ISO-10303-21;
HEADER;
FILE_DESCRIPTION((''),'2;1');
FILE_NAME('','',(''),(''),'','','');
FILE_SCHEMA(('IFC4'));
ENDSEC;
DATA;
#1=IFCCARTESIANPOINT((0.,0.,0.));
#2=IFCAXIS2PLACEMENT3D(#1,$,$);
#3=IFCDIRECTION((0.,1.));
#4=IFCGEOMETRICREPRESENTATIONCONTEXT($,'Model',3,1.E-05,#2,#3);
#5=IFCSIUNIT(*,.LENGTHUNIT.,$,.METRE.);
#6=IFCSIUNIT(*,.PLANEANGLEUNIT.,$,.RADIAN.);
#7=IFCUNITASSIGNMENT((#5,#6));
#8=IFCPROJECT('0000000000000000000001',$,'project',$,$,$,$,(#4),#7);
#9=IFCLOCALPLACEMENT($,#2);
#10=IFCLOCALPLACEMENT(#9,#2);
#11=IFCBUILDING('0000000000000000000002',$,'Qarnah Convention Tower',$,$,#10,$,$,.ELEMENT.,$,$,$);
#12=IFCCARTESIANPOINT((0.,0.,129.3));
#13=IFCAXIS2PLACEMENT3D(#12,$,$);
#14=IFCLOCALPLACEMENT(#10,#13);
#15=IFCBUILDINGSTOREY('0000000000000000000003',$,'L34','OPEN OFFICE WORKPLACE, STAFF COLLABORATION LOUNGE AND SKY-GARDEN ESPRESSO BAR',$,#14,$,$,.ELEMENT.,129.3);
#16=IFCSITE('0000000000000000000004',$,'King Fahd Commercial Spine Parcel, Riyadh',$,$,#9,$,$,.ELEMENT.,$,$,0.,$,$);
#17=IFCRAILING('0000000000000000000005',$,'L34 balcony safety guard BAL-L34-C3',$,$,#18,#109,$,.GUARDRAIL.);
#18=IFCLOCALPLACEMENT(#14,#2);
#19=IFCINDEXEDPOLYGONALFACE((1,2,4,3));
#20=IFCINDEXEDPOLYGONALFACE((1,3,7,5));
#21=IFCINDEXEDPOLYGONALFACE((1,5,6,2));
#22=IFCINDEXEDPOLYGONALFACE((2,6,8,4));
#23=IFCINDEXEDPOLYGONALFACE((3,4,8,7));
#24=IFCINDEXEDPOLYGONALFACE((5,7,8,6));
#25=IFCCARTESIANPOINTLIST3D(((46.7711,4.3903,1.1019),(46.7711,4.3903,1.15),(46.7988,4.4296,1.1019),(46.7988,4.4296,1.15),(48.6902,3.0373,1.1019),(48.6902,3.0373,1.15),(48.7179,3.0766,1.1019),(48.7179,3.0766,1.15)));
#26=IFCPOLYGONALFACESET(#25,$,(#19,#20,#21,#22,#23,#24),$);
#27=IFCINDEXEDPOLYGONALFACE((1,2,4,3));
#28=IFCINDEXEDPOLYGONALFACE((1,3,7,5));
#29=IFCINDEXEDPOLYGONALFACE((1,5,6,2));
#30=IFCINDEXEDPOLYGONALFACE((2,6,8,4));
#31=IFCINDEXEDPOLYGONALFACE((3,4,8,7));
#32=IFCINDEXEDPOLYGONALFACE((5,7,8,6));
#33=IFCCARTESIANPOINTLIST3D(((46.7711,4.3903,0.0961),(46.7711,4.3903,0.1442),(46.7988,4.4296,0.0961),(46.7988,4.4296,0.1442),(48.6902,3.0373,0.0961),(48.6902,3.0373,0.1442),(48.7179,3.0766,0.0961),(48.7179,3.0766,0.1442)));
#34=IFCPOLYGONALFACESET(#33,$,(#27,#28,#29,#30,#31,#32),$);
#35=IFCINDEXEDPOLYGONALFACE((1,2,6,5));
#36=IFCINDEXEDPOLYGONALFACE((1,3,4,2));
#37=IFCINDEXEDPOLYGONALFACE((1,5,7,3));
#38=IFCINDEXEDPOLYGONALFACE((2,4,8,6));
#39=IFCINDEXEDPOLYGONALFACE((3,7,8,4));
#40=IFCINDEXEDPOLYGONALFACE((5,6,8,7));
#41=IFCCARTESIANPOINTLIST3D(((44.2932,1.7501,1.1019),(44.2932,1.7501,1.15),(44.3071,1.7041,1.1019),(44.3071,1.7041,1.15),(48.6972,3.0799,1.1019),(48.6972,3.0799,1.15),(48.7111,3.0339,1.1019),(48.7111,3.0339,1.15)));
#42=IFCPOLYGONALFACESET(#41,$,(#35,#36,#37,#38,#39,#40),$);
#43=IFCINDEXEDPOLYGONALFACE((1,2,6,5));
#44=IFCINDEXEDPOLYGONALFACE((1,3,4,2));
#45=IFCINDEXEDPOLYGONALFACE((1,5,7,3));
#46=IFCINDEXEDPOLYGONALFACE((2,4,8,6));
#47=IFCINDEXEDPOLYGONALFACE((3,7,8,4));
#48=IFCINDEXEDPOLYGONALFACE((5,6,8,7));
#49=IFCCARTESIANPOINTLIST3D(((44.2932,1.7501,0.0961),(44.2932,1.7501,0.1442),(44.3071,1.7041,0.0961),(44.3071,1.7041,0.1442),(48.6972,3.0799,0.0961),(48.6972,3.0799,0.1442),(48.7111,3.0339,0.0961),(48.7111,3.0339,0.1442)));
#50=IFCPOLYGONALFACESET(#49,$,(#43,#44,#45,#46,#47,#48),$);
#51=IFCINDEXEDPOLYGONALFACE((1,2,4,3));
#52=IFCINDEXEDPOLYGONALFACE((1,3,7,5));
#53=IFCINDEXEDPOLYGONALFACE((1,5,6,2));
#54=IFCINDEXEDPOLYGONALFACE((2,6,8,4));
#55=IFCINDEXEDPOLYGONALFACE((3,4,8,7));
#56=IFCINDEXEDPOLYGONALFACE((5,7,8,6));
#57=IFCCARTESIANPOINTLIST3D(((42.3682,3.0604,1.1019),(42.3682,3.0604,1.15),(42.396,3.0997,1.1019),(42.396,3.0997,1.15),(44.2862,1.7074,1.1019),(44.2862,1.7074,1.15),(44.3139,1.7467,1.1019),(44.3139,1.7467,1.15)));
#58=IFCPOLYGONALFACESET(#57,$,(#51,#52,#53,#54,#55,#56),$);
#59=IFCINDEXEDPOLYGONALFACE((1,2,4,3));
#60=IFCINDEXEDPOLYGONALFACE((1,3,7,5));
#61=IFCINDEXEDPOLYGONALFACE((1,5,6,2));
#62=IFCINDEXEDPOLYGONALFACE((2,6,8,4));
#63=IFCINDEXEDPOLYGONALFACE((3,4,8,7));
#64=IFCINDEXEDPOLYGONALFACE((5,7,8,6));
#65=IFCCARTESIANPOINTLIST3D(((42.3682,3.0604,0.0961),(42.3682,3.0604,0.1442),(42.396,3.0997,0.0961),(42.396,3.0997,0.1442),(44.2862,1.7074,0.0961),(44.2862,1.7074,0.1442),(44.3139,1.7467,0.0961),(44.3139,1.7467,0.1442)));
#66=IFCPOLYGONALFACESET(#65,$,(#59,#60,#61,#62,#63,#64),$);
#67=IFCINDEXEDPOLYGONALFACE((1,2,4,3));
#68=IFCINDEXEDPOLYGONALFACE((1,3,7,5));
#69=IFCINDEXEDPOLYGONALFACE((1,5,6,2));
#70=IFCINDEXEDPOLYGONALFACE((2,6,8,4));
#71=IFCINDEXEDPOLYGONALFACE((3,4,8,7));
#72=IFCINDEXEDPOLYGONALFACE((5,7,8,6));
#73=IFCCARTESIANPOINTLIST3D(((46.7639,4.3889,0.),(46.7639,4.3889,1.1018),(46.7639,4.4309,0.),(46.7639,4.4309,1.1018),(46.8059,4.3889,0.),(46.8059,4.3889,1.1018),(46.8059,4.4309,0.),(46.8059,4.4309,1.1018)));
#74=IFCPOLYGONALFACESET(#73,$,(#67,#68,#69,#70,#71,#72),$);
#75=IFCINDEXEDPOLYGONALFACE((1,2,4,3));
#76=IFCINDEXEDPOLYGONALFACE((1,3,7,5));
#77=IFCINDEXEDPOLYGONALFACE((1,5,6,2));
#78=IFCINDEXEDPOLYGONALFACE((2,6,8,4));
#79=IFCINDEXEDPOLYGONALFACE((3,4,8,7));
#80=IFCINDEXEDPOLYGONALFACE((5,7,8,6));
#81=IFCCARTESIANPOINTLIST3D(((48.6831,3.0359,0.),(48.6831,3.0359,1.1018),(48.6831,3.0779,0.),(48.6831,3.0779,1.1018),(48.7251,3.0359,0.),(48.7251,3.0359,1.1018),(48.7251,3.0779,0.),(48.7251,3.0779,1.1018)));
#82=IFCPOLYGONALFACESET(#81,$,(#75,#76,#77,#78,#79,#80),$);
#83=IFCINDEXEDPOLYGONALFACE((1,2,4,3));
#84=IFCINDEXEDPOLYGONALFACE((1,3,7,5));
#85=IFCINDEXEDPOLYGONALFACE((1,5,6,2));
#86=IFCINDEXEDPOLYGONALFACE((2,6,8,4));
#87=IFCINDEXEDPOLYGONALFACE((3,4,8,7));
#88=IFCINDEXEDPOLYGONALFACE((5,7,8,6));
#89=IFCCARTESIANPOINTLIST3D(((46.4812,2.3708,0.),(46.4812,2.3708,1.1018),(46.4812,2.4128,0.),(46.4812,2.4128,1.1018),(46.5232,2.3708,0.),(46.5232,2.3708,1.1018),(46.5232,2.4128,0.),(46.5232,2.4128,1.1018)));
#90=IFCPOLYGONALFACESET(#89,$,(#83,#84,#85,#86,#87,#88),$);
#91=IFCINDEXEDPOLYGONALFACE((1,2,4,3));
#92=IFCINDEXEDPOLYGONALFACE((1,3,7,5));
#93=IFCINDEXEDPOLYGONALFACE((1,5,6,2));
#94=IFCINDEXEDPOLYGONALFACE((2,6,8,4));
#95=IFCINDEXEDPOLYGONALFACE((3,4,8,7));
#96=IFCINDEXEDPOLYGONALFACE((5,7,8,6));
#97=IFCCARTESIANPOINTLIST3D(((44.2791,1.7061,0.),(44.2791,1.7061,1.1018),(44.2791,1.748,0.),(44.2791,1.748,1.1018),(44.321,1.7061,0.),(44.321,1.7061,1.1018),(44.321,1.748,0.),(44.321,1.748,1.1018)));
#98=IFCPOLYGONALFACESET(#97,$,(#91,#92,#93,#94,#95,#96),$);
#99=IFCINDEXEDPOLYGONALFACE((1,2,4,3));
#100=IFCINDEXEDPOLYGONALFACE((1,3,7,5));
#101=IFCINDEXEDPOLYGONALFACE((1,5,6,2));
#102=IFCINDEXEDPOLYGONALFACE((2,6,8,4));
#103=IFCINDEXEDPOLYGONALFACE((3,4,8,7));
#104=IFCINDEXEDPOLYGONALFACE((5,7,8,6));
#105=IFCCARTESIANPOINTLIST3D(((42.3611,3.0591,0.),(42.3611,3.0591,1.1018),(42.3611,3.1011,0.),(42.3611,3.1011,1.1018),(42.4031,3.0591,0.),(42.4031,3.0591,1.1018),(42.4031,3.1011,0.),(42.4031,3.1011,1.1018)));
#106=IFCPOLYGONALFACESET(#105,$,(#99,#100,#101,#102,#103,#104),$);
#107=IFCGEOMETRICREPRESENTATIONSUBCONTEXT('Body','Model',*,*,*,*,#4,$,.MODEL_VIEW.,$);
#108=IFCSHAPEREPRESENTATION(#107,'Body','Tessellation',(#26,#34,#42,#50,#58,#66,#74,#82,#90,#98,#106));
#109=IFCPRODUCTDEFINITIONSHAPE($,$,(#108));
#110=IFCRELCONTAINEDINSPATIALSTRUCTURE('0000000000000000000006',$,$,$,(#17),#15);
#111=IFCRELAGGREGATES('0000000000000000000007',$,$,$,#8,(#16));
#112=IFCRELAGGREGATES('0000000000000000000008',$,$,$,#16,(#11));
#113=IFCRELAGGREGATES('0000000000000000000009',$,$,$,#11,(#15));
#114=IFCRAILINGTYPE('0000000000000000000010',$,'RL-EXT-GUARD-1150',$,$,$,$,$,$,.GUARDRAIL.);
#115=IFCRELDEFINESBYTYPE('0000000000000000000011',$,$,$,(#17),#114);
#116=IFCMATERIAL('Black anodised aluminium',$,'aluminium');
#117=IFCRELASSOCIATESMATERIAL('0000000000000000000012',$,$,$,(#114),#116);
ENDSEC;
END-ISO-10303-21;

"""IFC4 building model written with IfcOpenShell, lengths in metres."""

from ifc_helpers import new_model, si_unit, direction, frame, origin, origin_2d, place, context, subcontext, project, spatial, rectangle, extrude, material, type_object, element, save


model = new_model("IFC4")

# Units and contexts
model_context = context("Model", 3, precision=1e-05, world=origin(), true_north=direction((0.0, 1.0)))
body_context = subcontext(model_context, "Body", "Model", "MODEL_VIEW")
ifc_project = project(units=[si_unit("LENGTHUNIT", "METRE"), si_unit("PLANEANGLEUNIT", "RADIAN")], contexts=[model_context])

# Site, building, storey
site_placement = place(None, origin())
site = spatial("IfcSite", under=ifc_project, at=site_placement, Name="King Fahd Commercial Spine Parcel, Riyadh", CompositionType="ELEMENT", RefElevation=0.0)
building_placement = place(site_placement, origin())
building = spatial("IfcBuilding", under=site, at=building_placement, Name="Qarnah Convention Tower", CompositionType="ELEMENT")
storey_placement = place(building_placement, frame((0.0, 0.0, 129.3)))
storey = spatial("IfcBuildingStorey", under=building, at=storey_placement, Name="L34", Description="OPEN OFFICE WORKPLACE, STAFF COLLABORATION LOUNGE AND SKY-GARDEN ESPRESSO BAR", CompositionType="ELEMENT", Elevation=129.3)

# Shared definitions
ifc_material_1 = material(Name="Black anodised aluminium", Category="aluminium")

# Railing
railing_type = type_object("IfcRailingType", Name="RL-EXT-GUARD-1150", PredefinedType="GUARDRAIL", material=ifc_material_1)
railing_1_placement = place(storey_placement, frame((46.7849, 4.4099, 0.0)))
element("IfcRailing", 1, at=railing_1_placement, inside=storey, type_object=railing_type, Name="L34 balcony safety guard BAL-L34-C3", PredefinedType="GUARDRAIL", context=body_context, shape_type="SweptSolid", body=[
    extrude(rectangle(XDim=0.0481, YDim=0.0481, at=origin_2d()), frame((0.0, 0.0, 1.126), z_axis=(0.817308, -0.576201, 0.0), x_axis=(0.576201, 0.817308, 0.0)), (0.0, 0.0, 1.0), 2.3481),
    extrude(rectangle(XDim=0.0481, YDim=0.0481, at=origin_2d()), frame((0.0, 0.0, 0.1201), z_axis=(0.817308, -0.576201, 0.0), x_axis=(0.576201, 0.817308, 0.0)), (0.0, 0.0, 1.0), 2.3481),
    extrude(rectangle(XDim=0.0481, YDim=0.0481, at=origin_2d()), frame((1.9192, -1.353, 1.126), z_axis=(-0.957309, -0.289066, 0.0), x_axis=(0.289066, -0.957309, 0.0)), (0.0, 0.0, 1.0), 4.6003),
    extrude(rectangle(XDim=0.0481, YDim=0.0481, at=origin_2d()), frame((1.9192, -1.353, 0.1201), z_axis=(-0.957309, -0.289066, 0.0), x_axis=(0.289066, -0.957309, 0.0)), (0.0, 0.0, 1.0), 4.6003),
    extrude(rectangle(XDim=0.0481, YDim=0.0481, at=origin_2d()), frame((-2.4849, -2.6829, 1.126), z_axis=(-0.817135, 0.576446, 0.0), x_axis=(-0.576446, -0.817135, 0.0)), (0.0, 0.0, 1.0), 2.3472),
    extrude(rectangle(XDim=0.0481, YDim=0.0481, at=origin_2d()), frame((-2.4849, -2.6829, 0.1201), z_axis=(-0.817135, 0.576446, 0.0), x_axis=(-0.576446, -0.817135, 0.0)), (0.0, 0.0, 1.0), 2.3472),
    extrude(rectangle(XDim=0.042, YDim=0.042, at=origin_2d()), origin(), (0.0, 0.0, 1.0), 1.1018),
    extrude(rectangle(XDim=0.042, YDim=0.042, at=origin_2d()), frame((1.9192, -1.353, 0.0)), (0.0, 0.0, 1.0), 1.1018),
    extrude(rectangle(XDim=0.042, YDim=0.042, at=origin_2d()), frame((-0.2827, -2.0181, 0.0)), (0.0, 0.0, 1.0), 1.1018),
    extrude(rectangle(XDim=0.042, YDim=0.042, at=origin_2d()), frame((-2.4849, -2.6829, 0.0)), (0.0, 0.0, 1.0), 1.1018),
    extrude(rectangle(XDim=0.042, YDim=0.042, at=origin_2d()), frame((-4.4028, -1.3298, 0.0)), (0.0, 0.0, 1.0), 1.1018),
])

save(model, "model.ifc")
